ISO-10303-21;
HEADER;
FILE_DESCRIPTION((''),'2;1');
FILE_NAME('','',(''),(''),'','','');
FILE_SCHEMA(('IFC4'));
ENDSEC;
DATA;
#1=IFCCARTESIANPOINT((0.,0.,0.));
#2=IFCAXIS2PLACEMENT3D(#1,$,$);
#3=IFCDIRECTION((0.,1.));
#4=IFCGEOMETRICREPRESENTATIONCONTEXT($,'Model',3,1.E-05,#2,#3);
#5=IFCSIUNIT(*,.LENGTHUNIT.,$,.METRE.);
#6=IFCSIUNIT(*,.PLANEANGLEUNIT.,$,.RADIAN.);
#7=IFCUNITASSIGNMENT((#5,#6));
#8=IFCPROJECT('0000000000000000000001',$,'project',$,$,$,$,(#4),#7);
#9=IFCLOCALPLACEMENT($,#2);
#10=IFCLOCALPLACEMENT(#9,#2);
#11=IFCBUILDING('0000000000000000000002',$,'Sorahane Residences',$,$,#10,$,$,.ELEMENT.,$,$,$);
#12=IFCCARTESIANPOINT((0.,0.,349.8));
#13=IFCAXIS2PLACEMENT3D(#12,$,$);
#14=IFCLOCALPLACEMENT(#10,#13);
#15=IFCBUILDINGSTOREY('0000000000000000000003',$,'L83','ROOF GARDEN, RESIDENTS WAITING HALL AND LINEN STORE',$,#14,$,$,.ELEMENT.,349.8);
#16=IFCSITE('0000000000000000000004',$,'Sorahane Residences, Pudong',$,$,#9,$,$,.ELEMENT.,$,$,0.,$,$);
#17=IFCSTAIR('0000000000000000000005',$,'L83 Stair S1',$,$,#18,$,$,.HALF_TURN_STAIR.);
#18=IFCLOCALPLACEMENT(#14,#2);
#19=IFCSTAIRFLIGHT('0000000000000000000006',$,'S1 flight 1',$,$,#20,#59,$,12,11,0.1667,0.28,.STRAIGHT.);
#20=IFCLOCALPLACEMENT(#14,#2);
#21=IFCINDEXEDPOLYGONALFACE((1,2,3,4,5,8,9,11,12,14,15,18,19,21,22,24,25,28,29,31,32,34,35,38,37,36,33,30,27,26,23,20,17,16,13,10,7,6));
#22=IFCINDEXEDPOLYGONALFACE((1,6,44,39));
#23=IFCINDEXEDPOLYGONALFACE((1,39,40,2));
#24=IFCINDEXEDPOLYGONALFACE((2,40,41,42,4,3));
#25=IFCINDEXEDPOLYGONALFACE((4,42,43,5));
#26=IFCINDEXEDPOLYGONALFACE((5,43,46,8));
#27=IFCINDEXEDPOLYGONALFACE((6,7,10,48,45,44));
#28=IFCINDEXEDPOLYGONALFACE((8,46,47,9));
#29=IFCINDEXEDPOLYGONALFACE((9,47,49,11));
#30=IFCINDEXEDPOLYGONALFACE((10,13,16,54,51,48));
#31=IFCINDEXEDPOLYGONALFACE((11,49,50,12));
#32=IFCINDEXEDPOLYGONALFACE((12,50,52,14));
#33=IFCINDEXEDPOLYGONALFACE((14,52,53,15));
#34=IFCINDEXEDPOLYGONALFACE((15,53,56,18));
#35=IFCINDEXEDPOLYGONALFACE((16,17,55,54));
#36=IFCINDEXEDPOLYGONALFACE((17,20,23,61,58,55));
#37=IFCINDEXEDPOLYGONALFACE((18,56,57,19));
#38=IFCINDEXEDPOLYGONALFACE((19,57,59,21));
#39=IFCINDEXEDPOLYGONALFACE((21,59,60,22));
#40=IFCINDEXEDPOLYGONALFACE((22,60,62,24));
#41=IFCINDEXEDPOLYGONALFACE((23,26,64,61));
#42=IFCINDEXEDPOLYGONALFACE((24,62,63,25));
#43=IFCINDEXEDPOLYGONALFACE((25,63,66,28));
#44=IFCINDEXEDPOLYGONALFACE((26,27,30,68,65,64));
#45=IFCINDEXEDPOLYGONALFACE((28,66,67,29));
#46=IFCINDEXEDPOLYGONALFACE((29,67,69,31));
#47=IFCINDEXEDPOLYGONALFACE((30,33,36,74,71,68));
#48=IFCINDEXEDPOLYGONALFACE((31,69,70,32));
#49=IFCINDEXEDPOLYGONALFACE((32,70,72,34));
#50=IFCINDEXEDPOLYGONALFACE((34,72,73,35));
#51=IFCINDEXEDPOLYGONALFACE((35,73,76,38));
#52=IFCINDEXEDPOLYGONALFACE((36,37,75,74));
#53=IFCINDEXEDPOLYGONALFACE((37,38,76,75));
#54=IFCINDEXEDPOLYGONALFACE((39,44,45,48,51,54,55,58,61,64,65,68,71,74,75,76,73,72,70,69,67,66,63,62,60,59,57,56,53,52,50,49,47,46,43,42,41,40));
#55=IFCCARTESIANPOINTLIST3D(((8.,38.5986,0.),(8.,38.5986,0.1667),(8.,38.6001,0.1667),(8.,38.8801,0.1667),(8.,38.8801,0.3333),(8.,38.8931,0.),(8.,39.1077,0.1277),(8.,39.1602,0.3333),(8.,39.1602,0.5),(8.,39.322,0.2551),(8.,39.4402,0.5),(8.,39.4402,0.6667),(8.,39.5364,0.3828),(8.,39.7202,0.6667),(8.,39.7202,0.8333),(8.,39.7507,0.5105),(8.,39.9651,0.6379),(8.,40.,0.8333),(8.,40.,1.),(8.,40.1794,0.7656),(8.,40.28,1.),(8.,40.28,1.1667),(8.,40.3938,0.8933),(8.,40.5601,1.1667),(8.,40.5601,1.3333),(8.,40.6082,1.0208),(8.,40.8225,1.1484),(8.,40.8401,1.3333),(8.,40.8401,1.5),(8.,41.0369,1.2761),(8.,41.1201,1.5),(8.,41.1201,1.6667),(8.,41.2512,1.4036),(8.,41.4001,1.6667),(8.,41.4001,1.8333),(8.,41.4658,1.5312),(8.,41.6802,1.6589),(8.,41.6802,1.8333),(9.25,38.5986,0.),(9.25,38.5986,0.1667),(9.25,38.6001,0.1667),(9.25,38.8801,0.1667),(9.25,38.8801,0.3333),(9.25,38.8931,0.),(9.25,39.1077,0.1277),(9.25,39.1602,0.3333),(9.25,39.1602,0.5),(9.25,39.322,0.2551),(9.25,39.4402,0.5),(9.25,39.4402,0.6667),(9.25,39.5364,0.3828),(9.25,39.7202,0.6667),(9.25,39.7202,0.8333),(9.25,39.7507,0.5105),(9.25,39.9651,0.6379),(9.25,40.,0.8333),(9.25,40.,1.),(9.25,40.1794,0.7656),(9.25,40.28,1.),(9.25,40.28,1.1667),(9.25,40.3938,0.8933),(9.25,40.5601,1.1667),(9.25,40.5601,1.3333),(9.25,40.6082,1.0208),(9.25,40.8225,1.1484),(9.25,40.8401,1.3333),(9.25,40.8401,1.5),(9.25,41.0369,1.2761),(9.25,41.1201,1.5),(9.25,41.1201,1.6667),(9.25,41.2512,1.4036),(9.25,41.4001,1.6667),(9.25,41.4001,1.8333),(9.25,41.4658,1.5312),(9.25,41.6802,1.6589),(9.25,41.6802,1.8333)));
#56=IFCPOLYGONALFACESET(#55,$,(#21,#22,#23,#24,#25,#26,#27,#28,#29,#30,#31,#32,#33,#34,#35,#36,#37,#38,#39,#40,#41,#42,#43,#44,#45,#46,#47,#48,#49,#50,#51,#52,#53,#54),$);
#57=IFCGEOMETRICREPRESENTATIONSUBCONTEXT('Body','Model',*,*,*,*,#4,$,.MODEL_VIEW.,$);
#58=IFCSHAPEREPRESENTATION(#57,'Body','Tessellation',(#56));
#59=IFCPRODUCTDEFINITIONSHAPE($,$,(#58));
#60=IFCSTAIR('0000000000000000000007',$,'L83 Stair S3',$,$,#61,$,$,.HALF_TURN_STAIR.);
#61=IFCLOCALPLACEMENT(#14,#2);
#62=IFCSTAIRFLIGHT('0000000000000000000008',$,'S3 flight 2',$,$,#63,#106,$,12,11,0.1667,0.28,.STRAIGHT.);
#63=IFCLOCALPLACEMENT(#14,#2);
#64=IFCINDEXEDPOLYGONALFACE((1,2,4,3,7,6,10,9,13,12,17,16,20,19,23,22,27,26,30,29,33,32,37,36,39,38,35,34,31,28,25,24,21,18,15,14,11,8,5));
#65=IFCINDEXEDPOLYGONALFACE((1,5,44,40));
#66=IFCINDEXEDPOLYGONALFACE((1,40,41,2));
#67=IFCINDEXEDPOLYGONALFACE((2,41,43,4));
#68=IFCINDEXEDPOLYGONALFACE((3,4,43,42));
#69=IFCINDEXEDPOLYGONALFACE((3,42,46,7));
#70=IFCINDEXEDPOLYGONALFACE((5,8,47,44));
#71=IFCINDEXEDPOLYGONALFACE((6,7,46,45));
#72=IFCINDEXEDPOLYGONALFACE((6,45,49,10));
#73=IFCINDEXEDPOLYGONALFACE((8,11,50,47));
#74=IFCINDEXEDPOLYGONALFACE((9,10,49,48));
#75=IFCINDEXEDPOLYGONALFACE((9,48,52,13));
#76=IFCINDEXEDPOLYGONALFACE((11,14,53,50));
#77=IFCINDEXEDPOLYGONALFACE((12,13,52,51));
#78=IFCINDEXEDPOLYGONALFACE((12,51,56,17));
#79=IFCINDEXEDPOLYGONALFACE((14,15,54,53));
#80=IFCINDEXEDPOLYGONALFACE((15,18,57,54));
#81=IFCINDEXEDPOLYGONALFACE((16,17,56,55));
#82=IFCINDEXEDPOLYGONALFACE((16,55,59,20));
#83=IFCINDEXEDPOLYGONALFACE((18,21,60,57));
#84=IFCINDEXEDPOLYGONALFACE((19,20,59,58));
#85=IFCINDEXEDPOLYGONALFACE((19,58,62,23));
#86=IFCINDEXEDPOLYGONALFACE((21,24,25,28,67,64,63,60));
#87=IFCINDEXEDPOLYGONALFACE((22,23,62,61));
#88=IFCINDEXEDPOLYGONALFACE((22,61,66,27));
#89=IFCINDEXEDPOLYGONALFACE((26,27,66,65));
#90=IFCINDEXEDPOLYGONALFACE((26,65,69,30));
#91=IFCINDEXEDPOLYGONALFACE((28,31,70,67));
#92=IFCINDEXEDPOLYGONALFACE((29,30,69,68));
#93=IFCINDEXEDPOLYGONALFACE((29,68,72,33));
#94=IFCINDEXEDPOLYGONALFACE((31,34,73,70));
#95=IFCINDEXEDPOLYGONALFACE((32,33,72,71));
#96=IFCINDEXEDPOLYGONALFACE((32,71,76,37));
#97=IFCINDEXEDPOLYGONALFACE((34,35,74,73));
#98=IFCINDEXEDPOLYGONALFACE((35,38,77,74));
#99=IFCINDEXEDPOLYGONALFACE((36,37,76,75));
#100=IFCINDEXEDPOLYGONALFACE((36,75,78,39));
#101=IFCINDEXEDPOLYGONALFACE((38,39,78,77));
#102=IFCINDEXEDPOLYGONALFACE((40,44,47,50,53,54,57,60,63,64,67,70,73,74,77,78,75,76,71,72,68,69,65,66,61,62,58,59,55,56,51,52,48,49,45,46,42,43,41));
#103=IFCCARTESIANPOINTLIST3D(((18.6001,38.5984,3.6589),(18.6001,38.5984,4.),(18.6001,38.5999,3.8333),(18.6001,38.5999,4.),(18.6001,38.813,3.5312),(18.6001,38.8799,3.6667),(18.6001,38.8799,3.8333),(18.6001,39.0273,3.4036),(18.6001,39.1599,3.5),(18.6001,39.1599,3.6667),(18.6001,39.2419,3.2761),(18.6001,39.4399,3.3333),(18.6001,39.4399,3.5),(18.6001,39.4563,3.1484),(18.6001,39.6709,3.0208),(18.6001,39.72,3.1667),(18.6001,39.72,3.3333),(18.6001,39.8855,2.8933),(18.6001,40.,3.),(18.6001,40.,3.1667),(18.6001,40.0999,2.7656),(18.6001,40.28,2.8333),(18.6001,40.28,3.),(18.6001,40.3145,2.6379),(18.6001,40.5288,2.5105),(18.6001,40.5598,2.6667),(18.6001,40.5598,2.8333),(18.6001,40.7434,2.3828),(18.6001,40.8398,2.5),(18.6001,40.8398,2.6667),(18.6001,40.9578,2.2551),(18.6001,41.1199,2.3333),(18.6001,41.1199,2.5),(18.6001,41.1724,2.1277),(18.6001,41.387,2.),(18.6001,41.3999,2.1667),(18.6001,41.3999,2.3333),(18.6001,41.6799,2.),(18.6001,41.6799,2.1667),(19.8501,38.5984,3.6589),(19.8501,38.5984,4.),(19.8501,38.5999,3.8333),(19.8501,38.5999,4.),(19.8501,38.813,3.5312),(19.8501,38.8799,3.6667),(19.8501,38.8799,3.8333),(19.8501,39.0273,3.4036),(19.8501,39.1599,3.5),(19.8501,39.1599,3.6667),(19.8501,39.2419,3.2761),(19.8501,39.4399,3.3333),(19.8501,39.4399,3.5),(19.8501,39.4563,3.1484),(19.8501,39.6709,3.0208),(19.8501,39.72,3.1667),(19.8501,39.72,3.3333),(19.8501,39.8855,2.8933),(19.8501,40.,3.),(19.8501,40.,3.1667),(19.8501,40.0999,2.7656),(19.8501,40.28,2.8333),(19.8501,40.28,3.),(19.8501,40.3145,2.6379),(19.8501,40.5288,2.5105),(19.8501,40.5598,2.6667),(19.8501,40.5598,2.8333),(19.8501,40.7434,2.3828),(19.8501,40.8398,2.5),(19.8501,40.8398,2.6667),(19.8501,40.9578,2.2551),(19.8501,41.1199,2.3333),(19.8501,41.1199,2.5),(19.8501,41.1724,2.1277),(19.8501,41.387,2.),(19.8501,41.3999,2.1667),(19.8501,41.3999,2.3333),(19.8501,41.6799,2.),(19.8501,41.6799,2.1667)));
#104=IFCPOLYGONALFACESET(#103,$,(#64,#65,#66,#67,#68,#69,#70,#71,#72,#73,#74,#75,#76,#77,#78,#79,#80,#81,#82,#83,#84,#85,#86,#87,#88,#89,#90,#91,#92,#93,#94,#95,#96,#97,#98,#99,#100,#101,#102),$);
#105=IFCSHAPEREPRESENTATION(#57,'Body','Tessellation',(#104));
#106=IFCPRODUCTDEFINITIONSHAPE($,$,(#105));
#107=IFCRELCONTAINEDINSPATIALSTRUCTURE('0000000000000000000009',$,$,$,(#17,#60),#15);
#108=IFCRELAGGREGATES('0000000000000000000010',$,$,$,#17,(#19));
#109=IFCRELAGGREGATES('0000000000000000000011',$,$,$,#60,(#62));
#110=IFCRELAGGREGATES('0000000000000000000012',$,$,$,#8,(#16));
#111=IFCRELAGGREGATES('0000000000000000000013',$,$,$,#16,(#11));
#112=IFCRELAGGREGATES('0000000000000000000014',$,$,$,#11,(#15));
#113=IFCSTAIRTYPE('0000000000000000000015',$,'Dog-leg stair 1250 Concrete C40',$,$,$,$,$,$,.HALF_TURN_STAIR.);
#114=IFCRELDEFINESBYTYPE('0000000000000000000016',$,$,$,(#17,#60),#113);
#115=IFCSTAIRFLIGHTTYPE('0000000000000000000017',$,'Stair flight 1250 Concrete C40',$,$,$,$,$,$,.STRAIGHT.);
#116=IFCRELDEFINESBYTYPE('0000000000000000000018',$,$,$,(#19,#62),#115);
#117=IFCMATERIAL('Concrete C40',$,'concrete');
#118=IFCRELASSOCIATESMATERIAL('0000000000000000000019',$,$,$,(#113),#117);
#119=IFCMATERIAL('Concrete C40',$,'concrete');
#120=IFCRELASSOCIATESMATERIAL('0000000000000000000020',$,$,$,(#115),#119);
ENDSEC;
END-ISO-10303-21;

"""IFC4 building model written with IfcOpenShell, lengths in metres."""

from ifc_helpers import new_model, si_unit, direction, frame, origin, place, context, subcontext, project, spatial, polyline, outline, extrude, material, type_object, element, aggregate, save


model = new_model("IFC4")

# Units and contexts
model_context = context("Model", 3, precision=1e-05, world=origin(), true_north=direction((0.0, 1.0)))
body_context = subcontext(model_context, "Body", "Model", "MODEL_VIEW")
ifc_project = project(units=[si_unit("LENGTHUNIT", "METRE"), si_unit("PLANEANGLEUNIT", "RADIAN")], contexts=[model_context])

# Site, building, storey
site_placement = place(None, origin())
site = spatial("IfcSite", under=ifc_project, at=site_placement, Name="Sorahane Residences, Pudong", CompositionType="ELEMENT", RefElevation=0.0)
building_placement = place(site_placement, origin())
building = spatial("IfcBuilding", under=site, at=building_placement, Name="Sorahane Residences", CompositionType="ELEMENT")
storey_placement = place(building_placement, frame((0.0, 0.0, 349.8)))
storey = spatial("IfcBuildingStorey", under=building, at=storey_placement, Name="L83", Description="ROOF GARDEN, RESIDENTS WAITING HALL AND LINEN STORE", CompositionType="ELEMENT", Elevation=349.8)

# Stairs, stair flights
ifc_material_1 = material(Name="Concrete C40", Category="concrete")
stair_type = type_object("IfcStairType", Name="Dog-leg stair 1250 Concrete C40", PredefinedType="HALF_TURN_STAIR", material=ifc_material_1)
stair_1_placement = place(storey_placement, origin())
stair_1 = element("IfcStair", 1, at=stair_1_placement, inside=storey, type_object=stair_type, Name="L83 Stair S1", PredefinedType="HALF_TURN_STAIR")
ifc_material_2 = material(Name="Concrete C40", Category="concrete")
stair_flight_type = type_object("IfcStairFlightType", Name="Stair flight 1250 Concrete C40", PredefinedType="STRAIGHT", material=ifc_material_2)
stair_flight_1_placement = place(storey_placement, frame((8.625, 38.6001, 0.0), z_axis=(0.0, 0.0, 1.0), x_axis=(0.0, 1.0, 0.0)))
stair_flight_1 = element("IfcStairFlight", 2, at=stair_flight_1_placement, type_object=stair_flight_type, Name="S1 flight 1", NumberOfRisers=12, NumberOfTreads=11, PredefinedType="STRAIGHT", RiserHeight=0.1667, TreadLength=0.28, context=body_context, shape_type="SweptSolid", body=[
    extrude(outline(polyline([(-0.0015, 0.0), (-0.0015, 0.1667), (0.0, 0.1667), (0.28, 0.1667), (0.28, 0.3333), (0.5601, 0.3333), (0.5601, 0.5), (0.8401, 0.5), (0.8401, 0.6667), (1.1201, 0.6667), (1.1201, 0.8333), (1.3999, 0.8333), (1.3999, 1.0), (1.6799, 1.0), (1.6799, 1.1667), (1.96, 1.1667), (1.96, 1.3333), (2.24, 1.3333), (2.24, 1.5), (2.52, 1.5), (2.52, 1.6667), (2.8, 1.6667), (2.8, 1.8333), (3.0801, 1.8333), (3.0801, 2.0), (3.0801, 1.6589), (2.8657, 1.5312), (2.6511, 1.4036), (2.4368, 1.2761), (2.2224, 1.1484), (2.0081, 1.0208), (1.7937, 0.8933), (1.5793, 0.7656), (1.365, 0.6379), (1.1506, 0.5105), (0.9363, 0.3828), (0.7219, 0.2551), (0.5076, 0.1277), (0.293, 0.0), (-0.0015, 0.0)])), frame((0.0, 0.625, 0.0), z_axis=(0.0, -1.0, 0.0), x_axis=(1.0, 0.0, 0.0)), (0.0, 0.0, 1.0), 1.25),
])
aggregate(stair_1, [stair_flight_1])
stair_2_placement = place(storey_placement, origin())
stair_2 = element("IfcStair", 3, at=stair_2_placement, inside=storey, type_object=stair_type, Name="L83 Stair S3", PredefinedType="HALF_TURN_STAIR")
stair_flight_2_placement = place(storey_placement, frame((19.2251, 41.6799, 2.0), z_axis=(0.0, 0.0, 1.0), x_axis=(0.0, -1.0, 0.0)))
stair_flight_2 = element("IfcStairFlight", 4, at=stair_flight_2_placement, type_object=stair_flight_type, Name="S3 flight 2", NumberOfRisers=12, NumberOfTreads=11, PredefinedType="STRAIGHT", RiserHeight=0.1667, TreadLength=0.28, context=body_context, shape_type="SweptSolid", body=[
    extrude(outline(polyline([(0.0, 0.0), (0.0, 0.1667), (0.28, 0.1667), (0.28, 0.3333), (0.5601, 0.3333), (0.5601, 0.5), (0.8401, 0.5), (0.8401, 0.6667), (1.1201, 0.6667), (1.1201, 0.8333), (1.3999, 0.8333), (1.3999, 1.0), (1.6799, 1.0), (1.6799, 1.1667), (1.96, 1.1667), (1.96, 1.3333), (2.24, 1.3333), (2.24, 1.5), (2.52, 1.5), (2.52, 1.6667), (2.8, 1.6667), (2.8, 1.8333), (3.0801, 1.8333), (3.0801, 2.0), (3.0815, 2.0), (3.0815, 1.6589), (2.8669, 1.5312), (2.6526, 1.4036), (2.438, 1.2761), (2.2236, 1.1484), (2.009, 1.0208), (1.7944, 0.8933), (1.5801, 0.7656), (1.3655, 0.6379), (1.1511, 0.5105), (0.9365, 0.3828), (0.7222, 0.2551), (0.5076, 0.1277), (0.293, 0.0), (0.0, 0.0)])), frame((0.0, 0.625, 0.0), z_axis=(0.0, -1.0, 0.0), x_axis=(1.0, 0.0, 0.0)), (0.0, 0.0, 1.0), 1.25),
])
aggregate(stair_2, [stair_flight_2])

save(model, "model.ifc")
